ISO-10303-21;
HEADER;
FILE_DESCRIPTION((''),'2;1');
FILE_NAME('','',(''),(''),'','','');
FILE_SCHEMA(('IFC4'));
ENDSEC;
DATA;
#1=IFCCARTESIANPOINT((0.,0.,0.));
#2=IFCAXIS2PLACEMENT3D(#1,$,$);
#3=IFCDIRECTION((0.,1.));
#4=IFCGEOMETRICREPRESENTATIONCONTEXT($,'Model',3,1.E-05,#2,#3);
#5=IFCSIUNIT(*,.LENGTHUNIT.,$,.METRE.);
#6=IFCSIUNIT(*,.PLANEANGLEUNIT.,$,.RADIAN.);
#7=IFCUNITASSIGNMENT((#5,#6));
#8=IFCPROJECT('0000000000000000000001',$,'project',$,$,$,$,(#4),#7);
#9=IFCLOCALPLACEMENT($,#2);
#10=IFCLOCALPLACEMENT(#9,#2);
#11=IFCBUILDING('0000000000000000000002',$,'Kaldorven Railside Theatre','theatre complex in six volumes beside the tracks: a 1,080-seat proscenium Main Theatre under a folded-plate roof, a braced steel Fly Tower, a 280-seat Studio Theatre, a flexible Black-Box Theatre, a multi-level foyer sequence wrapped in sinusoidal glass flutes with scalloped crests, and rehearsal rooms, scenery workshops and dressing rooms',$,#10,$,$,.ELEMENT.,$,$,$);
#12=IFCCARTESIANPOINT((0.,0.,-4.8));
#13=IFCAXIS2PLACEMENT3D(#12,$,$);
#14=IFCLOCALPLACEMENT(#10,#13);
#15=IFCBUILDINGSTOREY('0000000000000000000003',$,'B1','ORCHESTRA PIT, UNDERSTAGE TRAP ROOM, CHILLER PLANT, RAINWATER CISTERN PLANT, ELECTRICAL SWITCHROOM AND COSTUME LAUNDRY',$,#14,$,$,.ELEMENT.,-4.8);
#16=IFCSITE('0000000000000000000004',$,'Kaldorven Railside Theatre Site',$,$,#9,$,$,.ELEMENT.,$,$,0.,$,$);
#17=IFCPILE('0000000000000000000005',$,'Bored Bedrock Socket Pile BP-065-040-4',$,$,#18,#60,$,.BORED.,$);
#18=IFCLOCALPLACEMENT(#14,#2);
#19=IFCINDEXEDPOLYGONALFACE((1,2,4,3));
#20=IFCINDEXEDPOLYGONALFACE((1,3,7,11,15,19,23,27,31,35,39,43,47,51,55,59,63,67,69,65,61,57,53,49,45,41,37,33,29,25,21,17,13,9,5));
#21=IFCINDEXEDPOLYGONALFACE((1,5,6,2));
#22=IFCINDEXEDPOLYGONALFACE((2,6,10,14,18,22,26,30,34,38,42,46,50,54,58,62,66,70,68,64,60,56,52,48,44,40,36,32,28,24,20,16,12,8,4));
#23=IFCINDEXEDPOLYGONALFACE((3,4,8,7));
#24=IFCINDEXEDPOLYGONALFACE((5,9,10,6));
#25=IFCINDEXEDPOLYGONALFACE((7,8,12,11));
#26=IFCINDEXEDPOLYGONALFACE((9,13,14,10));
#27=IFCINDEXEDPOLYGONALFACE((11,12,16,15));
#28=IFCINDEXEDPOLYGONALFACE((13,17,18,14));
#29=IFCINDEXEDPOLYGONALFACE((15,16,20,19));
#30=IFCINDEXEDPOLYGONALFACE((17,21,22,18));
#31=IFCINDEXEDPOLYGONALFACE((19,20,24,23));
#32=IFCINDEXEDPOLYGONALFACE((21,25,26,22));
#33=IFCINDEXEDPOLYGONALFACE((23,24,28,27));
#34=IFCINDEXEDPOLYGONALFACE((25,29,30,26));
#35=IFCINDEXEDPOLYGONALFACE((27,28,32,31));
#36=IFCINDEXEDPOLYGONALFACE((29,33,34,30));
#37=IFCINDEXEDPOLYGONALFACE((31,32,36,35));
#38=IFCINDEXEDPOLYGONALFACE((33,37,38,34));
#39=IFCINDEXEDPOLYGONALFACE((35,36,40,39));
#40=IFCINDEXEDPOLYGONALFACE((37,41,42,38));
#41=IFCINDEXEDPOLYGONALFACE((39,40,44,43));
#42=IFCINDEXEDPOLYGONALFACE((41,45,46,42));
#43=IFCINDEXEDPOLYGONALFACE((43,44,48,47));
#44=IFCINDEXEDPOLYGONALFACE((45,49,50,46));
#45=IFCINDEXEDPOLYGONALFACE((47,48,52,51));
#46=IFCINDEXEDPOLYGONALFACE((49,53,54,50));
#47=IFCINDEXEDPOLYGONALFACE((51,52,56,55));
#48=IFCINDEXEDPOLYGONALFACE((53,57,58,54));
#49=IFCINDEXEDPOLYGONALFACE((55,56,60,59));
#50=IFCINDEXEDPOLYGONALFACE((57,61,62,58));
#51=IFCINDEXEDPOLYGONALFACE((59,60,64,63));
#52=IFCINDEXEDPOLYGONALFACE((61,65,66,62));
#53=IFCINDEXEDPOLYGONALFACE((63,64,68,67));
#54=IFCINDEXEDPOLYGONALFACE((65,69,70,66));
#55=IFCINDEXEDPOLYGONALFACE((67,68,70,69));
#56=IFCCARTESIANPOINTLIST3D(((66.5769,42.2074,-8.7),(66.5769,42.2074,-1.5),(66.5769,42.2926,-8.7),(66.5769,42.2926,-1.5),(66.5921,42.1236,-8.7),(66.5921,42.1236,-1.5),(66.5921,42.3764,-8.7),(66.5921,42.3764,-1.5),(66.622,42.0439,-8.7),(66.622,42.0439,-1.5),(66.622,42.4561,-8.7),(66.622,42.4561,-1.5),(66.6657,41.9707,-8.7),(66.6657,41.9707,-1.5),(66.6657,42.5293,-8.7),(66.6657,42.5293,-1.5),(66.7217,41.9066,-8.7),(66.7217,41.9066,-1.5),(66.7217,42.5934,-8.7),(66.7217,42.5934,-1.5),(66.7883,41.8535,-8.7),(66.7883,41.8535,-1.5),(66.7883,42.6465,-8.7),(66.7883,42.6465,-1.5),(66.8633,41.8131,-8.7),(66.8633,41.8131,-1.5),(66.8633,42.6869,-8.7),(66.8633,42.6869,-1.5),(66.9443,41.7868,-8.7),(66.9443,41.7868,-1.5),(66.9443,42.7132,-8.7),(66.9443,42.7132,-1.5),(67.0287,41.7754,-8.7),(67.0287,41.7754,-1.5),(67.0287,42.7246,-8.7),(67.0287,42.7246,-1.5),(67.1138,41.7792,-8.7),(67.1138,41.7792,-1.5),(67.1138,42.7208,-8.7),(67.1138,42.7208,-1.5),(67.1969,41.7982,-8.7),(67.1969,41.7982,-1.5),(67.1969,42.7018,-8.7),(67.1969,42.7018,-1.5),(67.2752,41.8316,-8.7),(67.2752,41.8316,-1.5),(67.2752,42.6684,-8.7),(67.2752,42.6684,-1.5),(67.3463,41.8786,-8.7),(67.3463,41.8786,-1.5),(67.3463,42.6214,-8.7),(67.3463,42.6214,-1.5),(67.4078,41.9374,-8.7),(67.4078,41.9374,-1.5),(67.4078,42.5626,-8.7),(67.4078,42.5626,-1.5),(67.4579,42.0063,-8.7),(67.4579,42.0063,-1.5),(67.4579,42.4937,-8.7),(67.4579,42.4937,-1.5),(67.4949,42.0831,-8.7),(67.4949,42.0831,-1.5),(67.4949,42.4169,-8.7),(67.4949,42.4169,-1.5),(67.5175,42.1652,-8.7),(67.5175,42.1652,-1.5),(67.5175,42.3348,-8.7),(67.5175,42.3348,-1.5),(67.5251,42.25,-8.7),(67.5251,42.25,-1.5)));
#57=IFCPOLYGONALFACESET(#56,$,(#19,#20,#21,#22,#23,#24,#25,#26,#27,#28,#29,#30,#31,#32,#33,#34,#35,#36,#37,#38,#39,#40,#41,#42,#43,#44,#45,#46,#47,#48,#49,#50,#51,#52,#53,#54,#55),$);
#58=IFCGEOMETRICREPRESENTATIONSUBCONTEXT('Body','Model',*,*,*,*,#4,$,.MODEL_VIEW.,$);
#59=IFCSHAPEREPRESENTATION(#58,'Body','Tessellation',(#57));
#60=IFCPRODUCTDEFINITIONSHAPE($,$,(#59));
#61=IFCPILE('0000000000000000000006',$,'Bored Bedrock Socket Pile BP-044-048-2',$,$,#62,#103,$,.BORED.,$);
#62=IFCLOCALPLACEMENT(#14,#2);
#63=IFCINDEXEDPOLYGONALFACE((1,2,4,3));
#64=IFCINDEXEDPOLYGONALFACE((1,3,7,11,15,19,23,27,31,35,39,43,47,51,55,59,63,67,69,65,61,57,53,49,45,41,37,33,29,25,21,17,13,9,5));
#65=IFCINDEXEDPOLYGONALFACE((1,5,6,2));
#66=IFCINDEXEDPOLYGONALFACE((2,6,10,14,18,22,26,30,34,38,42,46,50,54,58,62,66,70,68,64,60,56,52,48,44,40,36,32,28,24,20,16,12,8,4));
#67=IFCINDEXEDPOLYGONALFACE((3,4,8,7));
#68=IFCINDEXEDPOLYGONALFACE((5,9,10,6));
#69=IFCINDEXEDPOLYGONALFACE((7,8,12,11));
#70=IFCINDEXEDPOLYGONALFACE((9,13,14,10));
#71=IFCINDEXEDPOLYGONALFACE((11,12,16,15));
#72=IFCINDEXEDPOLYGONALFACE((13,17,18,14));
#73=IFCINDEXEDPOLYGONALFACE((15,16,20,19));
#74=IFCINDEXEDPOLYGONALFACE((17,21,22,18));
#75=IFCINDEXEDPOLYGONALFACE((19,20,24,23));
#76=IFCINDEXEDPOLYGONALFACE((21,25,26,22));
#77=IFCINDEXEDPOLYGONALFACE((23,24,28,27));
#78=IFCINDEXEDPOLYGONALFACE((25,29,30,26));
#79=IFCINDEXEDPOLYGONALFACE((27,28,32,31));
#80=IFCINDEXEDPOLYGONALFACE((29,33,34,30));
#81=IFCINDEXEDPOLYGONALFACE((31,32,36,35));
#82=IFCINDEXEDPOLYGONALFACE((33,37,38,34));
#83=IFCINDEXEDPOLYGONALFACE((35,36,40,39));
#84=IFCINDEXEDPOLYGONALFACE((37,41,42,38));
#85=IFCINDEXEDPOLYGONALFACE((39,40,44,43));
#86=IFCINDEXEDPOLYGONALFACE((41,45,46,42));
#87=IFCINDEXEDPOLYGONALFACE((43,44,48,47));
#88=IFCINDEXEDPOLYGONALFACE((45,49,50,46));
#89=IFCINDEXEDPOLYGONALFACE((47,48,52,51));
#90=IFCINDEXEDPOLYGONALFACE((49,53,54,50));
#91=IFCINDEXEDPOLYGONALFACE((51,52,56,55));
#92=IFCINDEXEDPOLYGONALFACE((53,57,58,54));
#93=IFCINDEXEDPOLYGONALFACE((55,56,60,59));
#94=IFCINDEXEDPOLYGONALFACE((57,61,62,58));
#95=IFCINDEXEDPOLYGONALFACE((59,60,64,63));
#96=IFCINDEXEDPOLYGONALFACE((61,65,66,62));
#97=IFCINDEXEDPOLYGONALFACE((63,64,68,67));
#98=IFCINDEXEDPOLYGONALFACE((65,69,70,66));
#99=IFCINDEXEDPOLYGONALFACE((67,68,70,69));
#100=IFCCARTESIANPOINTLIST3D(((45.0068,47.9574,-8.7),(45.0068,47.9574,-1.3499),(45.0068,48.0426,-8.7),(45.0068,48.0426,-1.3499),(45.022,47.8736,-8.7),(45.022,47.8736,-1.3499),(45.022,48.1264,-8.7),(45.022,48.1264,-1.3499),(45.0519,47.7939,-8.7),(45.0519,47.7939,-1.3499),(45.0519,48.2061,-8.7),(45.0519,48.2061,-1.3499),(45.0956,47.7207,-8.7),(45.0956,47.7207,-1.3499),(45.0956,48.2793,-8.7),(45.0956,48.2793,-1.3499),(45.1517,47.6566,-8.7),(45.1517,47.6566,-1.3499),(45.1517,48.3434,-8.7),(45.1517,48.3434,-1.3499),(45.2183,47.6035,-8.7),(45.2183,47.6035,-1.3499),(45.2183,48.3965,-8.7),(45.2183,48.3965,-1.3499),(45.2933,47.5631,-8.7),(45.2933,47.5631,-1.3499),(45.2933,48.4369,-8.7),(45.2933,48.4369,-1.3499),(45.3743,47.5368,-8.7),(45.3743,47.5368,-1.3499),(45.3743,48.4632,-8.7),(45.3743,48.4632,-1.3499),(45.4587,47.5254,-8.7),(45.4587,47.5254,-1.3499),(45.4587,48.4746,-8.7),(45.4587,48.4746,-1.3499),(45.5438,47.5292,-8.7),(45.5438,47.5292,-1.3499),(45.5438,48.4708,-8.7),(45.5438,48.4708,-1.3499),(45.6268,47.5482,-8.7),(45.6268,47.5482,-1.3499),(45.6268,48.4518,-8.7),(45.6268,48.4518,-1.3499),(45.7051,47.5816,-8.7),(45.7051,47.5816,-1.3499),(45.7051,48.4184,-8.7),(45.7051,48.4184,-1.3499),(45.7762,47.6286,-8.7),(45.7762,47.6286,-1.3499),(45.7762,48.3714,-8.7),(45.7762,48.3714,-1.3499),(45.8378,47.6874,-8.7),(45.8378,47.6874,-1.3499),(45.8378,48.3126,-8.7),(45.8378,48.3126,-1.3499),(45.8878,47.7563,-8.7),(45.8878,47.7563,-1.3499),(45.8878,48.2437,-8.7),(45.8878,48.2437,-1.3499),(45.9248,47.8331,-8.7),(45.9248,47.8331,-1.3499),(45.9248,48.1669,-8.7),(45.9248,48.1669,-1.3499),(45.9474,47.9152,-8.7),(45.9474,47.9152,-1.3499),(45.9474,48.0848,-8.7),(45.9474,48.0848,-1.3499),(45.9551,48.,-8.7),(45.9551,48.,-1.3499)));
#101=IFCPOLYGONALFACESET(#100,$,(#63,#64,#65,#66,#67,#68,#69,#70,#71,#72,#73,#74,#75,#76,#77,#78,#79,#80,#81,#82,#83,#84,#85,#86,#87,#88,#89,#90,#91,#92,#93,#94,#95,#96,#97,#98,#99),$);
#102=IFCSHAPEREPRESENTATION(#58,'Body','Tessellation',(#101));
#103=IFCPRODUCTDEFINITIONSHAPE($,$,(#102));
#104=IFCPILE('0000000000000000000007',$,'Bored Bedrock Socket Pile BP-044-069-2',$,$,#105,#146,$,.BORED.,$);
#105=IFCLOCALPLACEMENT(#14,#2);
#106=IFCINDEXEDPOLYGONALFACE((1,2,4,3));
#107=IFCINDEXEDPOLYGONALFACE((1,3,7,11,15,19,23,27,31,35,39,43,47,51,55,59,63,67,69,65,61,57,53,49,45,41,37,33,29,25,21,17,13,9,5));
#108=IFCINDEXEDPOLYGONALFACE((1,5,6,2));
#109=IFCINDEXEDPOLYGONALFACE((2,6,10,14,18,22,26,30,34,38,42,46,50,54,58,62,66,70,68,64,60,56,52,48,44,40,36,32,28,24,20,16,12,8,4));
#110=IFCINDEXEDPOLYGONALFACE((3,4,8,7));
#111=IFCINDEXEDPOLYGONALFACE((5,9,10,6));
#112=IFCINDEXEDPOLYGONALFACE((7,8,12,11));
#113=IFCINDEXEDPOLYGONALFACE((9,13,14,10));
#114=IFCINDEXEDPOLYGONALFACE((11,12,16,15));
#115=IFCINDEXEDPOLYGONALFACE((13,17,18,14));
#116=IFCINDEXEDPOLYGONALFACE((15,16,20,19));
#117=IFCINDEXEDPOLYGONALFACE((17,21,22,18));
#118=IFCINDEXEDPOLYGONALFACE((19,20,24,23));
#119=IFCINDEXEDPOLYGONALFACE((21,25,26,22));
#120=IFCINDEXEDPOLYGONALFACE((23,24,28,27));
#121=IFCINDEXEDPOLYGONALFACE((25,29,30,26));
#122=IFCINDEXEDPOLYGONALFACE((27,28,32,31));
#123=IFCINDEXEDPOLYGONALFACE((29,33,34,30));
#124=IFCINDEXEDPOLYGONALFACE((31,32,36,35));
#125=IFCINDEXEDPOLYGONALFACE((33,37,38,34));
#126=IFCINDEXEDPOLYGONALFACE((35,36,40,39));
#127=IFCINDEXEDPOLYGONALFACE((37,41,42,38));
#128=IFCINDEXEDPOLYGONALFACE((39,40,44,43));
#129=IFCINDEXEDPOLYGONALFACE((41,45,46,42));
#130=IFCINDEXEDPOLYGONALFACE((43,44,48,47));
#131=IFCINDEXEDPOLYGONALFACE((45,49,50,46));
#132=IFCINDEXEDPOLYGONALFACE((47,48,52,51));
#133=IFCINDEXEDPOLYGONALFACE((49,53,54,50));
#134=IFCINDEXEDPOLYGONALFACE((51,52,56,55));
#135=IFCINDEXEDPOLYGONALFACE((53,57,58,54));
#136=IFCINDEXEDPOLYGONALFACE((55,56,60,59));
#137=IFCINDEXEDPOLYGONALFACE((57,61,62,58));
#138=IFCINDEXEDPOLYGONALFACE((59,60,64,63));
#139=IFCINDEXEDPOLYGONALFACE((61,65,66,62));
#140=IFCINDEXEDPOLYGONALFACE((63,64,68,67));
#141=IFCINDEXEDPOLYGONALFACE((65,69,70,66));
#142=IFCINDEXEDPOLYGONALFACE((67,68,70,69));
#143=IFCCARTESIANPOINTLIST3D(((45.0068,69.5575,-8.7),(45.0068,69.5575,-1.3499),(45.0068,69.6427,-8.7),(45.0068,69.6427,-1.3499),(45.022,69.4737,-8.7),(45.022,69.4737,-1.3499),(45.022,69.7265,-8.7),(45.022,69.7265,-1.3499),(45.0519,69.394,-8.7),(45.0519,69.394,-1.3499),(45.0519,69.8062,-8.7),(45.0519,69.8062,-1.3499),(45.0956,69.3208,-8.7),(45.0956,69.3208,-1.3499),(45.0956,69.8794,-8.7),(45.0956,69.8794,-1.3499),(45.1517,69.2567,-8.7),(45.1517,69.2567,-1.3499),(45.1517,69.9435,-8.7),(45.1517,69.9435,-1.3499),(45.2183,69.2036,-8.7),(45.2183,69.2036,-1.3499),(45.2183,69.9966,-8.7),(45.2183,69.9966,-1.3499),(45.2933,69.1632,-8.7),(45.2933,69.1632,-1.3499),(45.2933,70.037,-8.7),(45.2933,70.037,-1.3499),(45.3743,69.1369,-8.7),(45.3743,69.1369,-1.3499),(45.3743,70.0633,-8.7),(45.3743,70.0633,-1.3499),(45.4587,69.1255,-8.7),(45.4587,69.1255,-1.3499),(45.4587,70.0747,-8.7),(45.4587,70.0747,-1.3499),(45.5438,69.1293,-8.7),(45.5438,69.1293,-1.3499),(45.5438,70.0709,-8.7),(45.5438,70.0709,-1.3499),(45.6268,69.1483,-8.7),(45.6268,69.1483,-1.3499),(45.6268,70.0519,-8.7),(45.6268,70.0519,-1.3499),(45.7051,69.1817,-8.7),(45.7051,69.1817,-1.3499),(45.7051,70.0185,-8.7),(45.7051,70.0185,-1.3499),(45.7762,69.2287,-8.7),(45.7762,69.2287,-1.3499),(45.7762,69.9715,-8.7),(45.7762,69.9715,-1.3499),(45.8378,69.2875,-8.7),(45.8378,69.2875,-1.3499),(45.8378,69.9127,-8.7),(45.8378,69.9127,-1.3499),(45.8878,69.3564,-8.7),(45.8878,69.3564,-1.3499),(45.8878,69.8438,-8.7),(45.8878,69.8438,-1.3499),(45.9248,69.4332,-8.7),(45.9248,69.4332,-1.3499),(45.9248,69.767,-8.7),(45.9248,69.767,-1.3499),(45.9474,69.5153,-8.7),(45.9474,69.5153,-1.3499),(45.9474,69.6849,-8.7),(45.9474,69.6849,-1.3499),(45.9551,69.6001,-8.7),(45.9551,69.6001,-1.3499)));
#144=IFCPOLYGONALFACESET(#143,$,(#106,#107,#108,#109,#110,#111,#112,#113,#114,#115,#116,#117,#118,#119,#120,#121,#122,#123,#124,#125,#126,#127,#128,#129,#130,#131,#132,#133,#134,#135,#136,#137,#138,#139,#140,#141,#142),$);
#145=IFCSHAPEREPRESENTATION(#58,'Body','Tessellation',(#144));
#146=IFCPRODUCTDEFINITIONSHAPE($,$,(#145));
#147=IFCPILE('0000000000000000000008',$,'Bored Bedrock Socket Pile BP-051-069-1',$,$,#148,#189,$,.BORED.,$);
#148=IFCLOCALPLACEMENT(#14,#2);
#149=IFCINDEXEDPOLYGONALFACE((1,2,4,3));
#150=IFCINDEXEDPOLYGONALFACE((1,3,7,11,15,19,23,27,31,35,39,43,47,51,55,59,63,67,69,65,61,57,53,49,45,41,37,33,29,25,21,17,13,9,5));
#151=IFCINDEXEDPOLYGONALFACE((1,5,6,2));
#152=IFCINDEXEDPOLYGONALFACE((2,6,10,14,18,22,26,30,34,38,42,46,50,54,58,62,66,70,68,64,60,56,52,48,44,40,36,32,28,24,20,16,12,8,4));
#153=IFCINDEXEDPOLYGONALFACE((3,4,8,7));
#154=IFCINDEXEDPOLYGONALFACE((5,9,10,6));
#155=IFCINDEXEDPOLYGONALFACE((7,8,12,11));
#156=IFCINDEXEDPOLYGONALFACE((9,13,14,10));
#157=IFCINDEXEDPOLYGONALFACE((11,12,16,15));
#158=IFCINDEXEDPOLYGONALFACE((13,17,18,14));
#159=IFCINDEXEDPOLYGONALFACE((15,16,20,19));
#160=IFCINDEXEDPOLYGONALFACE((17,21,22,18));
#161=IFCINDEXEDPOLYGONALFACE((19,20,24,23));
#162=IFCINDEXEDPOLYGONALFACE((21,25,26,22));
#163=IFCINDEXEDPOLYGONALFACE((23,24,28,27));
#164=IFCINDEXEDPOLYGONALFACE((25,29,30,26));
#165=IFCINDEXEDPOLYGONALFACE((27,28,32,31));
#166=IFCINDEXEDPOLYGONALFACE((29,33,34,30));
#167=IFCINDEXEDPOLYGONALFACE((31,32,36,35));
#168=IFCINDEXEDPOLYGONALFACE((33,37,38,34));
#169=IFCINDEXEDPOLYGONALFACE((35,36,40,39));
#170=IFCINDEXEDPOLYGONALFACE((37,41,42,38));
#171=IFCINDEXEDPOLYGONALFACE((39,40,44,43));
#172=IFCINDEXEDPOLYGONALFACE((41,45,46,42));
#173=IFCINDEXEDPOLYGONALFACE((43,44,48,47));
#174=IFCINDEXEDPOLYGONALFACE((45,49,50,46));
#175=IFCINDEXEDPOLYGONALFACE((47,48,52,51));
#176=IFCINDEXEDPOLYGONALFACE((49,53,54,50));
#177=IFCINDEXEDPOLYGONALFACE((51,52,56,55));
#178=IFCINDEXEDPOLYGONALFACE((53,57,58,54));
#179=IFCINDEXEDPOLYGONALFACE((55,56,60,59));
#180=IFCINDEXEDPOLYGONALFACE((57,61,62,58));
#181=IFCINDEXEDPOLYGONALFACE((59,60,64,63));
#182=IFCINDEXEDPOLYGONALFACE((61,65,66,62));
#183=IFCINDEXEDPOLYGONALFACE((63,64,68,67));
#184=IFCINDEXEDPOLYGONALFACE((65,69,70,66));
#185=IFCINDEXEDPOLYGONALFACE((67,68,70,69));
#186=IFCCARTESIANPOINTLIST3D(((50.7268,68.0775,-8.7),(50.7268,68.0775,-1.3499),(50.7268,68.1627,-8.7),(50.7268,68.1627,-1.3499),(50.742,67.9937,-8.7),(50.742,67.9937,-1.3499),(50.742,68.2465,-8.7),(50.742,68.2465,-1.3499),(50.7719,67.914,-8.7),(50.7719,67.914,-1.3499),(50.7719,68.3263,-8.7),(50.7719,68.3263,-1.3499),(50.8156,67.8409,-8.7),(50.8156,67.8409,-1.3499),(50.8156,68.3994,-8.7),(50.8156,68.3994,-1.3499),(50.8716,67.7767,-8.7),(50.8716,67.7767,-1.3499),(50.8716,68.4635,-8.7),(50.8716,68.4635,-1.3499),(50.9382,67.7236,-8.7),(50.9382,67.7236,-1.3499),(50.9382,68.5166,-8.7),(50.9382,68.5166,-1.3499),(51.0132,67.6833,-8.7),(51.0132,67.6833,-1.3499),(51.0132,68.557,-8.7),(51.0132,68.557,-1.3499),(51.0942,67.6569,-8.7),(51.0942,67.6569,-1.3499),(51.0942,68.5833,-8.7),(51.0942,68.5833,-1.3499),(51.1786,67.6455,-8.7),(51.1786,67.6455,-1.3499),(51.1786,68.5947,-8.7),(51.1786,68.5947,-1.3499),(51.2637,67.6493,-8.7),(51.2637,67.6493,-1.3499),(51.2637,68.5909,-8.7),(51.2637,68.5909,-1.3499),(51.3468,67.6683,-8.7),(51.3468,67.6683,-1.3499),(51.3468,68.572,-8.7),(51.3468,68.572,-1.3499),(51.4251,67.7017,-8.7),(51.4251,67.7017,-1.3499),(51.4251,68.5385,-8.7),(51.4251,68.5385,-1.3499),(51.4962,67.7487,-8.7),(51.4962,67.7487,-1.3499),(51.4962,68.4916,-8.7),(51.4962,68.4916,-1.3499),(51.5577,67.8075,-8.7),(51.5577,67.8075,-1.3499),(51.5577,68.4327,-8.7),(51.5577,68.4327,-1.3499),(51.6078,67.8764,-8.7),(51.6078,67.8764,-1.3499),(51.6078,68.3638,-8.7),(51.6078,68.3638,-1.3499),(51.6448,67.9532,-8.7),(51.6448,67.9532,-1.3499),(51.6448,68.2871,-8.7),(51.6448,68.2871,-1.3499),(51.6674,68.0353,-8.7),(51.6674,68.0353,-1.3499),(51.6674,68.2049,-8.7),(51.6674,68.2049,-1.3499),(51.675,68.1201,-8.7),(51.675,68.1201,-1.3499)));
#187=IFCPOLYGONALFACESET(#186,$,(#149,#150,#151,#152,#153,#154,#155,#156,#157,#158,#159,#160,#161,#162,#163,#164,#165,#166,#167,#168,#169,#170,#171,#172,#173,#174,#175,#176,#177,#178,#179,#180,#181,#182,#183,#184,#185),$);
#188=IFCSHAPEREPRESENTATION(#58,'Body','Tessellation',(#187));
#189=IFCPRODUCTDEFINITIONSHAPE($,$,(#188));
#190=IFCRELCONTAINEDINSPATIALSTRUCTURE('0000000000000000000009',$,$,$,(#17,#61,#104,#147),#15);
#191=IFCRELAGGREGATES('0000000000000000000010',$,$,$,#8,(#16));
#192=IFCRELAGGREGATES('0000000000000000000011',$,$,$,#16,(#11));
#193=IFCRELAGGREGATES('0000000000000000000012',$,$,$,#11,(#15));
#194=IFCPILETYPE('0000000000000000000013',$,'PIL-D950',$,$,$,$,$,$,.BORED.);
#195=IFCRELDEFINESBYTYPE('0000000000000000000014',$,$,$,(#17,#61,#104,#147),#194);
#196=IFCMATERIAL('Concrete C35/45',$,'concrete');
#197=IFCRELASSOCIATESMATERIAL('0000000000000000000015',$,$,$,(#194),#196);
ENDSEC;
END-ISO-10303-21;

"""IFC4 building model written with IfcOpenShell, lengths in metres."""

from ifc_helpers import new_model, si_unit, direction, frame, origin, origin_2d, place, context, subcontext, project, spatial, circle, extrude, material, material_profile, profile_set, type_object, element, save


model = new_model("IFC4")

# Units and contexts
model_context = context("Model", 3, precision=1e-05, world=origin(), true_north=direction((0.0, 1.0)))
body_context = subcontext(model_context, "Body", "Model", "MODEL_VIEW")
ifc_project = project(units=[si_unit("LENGTHUNIT", "METRE"), si_unit("PLANEANGLEUNIT", "RADIAN")], contexts=[model_context])

# Site, building, storey
site_placement = place(None, origin())
site = spatial("IfcSite", under=ifc_project, at=site_placement, Name="Kaldorven Railside Theatre Site", CompositionType="ELEMENT", RefElevation=0.0)
building_placement = place(site_placement, origin())
building = spatial("IfcBuilding", under=site, at=building_placement, Name="Kaldorven Railside Theatre", Description="theatre complex in six volumes beside the tracks: a 1,080-seat proscenium Main Theatre under a folded-plate roof, a braced steel Fly Tower, a 280-seat Studio Theatre, a flexible Black-Box Theatre, a multi-level foyer sequence wrapped in sinusoidal glass flutes with scalloped crests, and rehearsal rooms, scenery workshops and dressing rooms", CompositionType="ELEMENT")
storey_placement = place(building_placement, frame((0.0, 0.0, -4.8)))
storey = spatial("IfcBuildingStorey", under=building, at=storey_placement, Name="B1", Description="ORCHESTRA PIT, UNDERSTAGE TRAP ROOM, CHILLER PLANT, RAINWATER CISTERN PLANT, ELECTRICAL SWITCHROOM AND COSTUME LAUNDRY", CompositionType="ELEMENT", Elevation=-4.8)

# Piles
ifc_material_1 = material(Name="Concrete C35/45", Category="concrete")
ifc_material_profile_1 = material_profile(ifc_material_1, circle(Radius=0.4751, at=origin_2d()), Name="BP D950")
ifc_profile_set_1 = profile_set([ifc_material_profile_1], Name="Concrete C35/45")
pile_type_1 = type_object("IfcPileType", Name="PIL-D950", PredefinedType="BORED", material=ifc_profile_set_1)
for number, where, z_axis, x_axis, name in (
    (1, (67.05, 42.25, -1.5), (0.0, 0.0, -1.0), (1.0, 0.0, 0.0), "Bored Bedrock Socket Pile BP-065-040-4"),
):
    element("IfcPile", number, at=place(storey_placement, frame(where, z_axis=z_axis, x_axis=x_axis)), inside=storey, type_object=pile_type_1, Name=name, PredefinedType="BORED", context=body_context, shape_type="SweptSolid", body=[
        extrude(circle(Radius=0.4751, at=origin_2d()), origin(), (0.0, 0.0, 1.0), 7.2),
    ])
for number, where, z_axis, x_axis, name in (
    (2, (45.48, 48.0, -1.3499), (0.0, 0.0, -1.0), (1.0, 0.0, 0.0), "Bored Bedrock Socket Pile BP-044-048-2"),
    (3, (45.48, 69.6001, -1.3499), (0.0, 0.0, -1.0), (1.0, 0.0, 0.0), "Bored Bedrock Socket Pile BP-044-069-2"),
    (4, (51.2, 68.1201, -1.3499), (0.0, 0.0, -1.0), (1.0, 0.0, 0.0), "Bored Bedrock Socket Pile BP-051-069-1"),
):
    element("IfcPile", number, at=place(storey_placement, frame(where, z_axis=z_axis, x_axis=x_axis)), inside=storey, type_object=pile_type_1, Name=name, PredefinedType="BORED", context=body_context, shape_type="SweptSolid", body=[
        extrude(circle(Radius=0.4751, at=origin_2d()), origin(), (0.0, 0.0, 1.0), 7.3501),
    ])

save(model, "model.ifc")
